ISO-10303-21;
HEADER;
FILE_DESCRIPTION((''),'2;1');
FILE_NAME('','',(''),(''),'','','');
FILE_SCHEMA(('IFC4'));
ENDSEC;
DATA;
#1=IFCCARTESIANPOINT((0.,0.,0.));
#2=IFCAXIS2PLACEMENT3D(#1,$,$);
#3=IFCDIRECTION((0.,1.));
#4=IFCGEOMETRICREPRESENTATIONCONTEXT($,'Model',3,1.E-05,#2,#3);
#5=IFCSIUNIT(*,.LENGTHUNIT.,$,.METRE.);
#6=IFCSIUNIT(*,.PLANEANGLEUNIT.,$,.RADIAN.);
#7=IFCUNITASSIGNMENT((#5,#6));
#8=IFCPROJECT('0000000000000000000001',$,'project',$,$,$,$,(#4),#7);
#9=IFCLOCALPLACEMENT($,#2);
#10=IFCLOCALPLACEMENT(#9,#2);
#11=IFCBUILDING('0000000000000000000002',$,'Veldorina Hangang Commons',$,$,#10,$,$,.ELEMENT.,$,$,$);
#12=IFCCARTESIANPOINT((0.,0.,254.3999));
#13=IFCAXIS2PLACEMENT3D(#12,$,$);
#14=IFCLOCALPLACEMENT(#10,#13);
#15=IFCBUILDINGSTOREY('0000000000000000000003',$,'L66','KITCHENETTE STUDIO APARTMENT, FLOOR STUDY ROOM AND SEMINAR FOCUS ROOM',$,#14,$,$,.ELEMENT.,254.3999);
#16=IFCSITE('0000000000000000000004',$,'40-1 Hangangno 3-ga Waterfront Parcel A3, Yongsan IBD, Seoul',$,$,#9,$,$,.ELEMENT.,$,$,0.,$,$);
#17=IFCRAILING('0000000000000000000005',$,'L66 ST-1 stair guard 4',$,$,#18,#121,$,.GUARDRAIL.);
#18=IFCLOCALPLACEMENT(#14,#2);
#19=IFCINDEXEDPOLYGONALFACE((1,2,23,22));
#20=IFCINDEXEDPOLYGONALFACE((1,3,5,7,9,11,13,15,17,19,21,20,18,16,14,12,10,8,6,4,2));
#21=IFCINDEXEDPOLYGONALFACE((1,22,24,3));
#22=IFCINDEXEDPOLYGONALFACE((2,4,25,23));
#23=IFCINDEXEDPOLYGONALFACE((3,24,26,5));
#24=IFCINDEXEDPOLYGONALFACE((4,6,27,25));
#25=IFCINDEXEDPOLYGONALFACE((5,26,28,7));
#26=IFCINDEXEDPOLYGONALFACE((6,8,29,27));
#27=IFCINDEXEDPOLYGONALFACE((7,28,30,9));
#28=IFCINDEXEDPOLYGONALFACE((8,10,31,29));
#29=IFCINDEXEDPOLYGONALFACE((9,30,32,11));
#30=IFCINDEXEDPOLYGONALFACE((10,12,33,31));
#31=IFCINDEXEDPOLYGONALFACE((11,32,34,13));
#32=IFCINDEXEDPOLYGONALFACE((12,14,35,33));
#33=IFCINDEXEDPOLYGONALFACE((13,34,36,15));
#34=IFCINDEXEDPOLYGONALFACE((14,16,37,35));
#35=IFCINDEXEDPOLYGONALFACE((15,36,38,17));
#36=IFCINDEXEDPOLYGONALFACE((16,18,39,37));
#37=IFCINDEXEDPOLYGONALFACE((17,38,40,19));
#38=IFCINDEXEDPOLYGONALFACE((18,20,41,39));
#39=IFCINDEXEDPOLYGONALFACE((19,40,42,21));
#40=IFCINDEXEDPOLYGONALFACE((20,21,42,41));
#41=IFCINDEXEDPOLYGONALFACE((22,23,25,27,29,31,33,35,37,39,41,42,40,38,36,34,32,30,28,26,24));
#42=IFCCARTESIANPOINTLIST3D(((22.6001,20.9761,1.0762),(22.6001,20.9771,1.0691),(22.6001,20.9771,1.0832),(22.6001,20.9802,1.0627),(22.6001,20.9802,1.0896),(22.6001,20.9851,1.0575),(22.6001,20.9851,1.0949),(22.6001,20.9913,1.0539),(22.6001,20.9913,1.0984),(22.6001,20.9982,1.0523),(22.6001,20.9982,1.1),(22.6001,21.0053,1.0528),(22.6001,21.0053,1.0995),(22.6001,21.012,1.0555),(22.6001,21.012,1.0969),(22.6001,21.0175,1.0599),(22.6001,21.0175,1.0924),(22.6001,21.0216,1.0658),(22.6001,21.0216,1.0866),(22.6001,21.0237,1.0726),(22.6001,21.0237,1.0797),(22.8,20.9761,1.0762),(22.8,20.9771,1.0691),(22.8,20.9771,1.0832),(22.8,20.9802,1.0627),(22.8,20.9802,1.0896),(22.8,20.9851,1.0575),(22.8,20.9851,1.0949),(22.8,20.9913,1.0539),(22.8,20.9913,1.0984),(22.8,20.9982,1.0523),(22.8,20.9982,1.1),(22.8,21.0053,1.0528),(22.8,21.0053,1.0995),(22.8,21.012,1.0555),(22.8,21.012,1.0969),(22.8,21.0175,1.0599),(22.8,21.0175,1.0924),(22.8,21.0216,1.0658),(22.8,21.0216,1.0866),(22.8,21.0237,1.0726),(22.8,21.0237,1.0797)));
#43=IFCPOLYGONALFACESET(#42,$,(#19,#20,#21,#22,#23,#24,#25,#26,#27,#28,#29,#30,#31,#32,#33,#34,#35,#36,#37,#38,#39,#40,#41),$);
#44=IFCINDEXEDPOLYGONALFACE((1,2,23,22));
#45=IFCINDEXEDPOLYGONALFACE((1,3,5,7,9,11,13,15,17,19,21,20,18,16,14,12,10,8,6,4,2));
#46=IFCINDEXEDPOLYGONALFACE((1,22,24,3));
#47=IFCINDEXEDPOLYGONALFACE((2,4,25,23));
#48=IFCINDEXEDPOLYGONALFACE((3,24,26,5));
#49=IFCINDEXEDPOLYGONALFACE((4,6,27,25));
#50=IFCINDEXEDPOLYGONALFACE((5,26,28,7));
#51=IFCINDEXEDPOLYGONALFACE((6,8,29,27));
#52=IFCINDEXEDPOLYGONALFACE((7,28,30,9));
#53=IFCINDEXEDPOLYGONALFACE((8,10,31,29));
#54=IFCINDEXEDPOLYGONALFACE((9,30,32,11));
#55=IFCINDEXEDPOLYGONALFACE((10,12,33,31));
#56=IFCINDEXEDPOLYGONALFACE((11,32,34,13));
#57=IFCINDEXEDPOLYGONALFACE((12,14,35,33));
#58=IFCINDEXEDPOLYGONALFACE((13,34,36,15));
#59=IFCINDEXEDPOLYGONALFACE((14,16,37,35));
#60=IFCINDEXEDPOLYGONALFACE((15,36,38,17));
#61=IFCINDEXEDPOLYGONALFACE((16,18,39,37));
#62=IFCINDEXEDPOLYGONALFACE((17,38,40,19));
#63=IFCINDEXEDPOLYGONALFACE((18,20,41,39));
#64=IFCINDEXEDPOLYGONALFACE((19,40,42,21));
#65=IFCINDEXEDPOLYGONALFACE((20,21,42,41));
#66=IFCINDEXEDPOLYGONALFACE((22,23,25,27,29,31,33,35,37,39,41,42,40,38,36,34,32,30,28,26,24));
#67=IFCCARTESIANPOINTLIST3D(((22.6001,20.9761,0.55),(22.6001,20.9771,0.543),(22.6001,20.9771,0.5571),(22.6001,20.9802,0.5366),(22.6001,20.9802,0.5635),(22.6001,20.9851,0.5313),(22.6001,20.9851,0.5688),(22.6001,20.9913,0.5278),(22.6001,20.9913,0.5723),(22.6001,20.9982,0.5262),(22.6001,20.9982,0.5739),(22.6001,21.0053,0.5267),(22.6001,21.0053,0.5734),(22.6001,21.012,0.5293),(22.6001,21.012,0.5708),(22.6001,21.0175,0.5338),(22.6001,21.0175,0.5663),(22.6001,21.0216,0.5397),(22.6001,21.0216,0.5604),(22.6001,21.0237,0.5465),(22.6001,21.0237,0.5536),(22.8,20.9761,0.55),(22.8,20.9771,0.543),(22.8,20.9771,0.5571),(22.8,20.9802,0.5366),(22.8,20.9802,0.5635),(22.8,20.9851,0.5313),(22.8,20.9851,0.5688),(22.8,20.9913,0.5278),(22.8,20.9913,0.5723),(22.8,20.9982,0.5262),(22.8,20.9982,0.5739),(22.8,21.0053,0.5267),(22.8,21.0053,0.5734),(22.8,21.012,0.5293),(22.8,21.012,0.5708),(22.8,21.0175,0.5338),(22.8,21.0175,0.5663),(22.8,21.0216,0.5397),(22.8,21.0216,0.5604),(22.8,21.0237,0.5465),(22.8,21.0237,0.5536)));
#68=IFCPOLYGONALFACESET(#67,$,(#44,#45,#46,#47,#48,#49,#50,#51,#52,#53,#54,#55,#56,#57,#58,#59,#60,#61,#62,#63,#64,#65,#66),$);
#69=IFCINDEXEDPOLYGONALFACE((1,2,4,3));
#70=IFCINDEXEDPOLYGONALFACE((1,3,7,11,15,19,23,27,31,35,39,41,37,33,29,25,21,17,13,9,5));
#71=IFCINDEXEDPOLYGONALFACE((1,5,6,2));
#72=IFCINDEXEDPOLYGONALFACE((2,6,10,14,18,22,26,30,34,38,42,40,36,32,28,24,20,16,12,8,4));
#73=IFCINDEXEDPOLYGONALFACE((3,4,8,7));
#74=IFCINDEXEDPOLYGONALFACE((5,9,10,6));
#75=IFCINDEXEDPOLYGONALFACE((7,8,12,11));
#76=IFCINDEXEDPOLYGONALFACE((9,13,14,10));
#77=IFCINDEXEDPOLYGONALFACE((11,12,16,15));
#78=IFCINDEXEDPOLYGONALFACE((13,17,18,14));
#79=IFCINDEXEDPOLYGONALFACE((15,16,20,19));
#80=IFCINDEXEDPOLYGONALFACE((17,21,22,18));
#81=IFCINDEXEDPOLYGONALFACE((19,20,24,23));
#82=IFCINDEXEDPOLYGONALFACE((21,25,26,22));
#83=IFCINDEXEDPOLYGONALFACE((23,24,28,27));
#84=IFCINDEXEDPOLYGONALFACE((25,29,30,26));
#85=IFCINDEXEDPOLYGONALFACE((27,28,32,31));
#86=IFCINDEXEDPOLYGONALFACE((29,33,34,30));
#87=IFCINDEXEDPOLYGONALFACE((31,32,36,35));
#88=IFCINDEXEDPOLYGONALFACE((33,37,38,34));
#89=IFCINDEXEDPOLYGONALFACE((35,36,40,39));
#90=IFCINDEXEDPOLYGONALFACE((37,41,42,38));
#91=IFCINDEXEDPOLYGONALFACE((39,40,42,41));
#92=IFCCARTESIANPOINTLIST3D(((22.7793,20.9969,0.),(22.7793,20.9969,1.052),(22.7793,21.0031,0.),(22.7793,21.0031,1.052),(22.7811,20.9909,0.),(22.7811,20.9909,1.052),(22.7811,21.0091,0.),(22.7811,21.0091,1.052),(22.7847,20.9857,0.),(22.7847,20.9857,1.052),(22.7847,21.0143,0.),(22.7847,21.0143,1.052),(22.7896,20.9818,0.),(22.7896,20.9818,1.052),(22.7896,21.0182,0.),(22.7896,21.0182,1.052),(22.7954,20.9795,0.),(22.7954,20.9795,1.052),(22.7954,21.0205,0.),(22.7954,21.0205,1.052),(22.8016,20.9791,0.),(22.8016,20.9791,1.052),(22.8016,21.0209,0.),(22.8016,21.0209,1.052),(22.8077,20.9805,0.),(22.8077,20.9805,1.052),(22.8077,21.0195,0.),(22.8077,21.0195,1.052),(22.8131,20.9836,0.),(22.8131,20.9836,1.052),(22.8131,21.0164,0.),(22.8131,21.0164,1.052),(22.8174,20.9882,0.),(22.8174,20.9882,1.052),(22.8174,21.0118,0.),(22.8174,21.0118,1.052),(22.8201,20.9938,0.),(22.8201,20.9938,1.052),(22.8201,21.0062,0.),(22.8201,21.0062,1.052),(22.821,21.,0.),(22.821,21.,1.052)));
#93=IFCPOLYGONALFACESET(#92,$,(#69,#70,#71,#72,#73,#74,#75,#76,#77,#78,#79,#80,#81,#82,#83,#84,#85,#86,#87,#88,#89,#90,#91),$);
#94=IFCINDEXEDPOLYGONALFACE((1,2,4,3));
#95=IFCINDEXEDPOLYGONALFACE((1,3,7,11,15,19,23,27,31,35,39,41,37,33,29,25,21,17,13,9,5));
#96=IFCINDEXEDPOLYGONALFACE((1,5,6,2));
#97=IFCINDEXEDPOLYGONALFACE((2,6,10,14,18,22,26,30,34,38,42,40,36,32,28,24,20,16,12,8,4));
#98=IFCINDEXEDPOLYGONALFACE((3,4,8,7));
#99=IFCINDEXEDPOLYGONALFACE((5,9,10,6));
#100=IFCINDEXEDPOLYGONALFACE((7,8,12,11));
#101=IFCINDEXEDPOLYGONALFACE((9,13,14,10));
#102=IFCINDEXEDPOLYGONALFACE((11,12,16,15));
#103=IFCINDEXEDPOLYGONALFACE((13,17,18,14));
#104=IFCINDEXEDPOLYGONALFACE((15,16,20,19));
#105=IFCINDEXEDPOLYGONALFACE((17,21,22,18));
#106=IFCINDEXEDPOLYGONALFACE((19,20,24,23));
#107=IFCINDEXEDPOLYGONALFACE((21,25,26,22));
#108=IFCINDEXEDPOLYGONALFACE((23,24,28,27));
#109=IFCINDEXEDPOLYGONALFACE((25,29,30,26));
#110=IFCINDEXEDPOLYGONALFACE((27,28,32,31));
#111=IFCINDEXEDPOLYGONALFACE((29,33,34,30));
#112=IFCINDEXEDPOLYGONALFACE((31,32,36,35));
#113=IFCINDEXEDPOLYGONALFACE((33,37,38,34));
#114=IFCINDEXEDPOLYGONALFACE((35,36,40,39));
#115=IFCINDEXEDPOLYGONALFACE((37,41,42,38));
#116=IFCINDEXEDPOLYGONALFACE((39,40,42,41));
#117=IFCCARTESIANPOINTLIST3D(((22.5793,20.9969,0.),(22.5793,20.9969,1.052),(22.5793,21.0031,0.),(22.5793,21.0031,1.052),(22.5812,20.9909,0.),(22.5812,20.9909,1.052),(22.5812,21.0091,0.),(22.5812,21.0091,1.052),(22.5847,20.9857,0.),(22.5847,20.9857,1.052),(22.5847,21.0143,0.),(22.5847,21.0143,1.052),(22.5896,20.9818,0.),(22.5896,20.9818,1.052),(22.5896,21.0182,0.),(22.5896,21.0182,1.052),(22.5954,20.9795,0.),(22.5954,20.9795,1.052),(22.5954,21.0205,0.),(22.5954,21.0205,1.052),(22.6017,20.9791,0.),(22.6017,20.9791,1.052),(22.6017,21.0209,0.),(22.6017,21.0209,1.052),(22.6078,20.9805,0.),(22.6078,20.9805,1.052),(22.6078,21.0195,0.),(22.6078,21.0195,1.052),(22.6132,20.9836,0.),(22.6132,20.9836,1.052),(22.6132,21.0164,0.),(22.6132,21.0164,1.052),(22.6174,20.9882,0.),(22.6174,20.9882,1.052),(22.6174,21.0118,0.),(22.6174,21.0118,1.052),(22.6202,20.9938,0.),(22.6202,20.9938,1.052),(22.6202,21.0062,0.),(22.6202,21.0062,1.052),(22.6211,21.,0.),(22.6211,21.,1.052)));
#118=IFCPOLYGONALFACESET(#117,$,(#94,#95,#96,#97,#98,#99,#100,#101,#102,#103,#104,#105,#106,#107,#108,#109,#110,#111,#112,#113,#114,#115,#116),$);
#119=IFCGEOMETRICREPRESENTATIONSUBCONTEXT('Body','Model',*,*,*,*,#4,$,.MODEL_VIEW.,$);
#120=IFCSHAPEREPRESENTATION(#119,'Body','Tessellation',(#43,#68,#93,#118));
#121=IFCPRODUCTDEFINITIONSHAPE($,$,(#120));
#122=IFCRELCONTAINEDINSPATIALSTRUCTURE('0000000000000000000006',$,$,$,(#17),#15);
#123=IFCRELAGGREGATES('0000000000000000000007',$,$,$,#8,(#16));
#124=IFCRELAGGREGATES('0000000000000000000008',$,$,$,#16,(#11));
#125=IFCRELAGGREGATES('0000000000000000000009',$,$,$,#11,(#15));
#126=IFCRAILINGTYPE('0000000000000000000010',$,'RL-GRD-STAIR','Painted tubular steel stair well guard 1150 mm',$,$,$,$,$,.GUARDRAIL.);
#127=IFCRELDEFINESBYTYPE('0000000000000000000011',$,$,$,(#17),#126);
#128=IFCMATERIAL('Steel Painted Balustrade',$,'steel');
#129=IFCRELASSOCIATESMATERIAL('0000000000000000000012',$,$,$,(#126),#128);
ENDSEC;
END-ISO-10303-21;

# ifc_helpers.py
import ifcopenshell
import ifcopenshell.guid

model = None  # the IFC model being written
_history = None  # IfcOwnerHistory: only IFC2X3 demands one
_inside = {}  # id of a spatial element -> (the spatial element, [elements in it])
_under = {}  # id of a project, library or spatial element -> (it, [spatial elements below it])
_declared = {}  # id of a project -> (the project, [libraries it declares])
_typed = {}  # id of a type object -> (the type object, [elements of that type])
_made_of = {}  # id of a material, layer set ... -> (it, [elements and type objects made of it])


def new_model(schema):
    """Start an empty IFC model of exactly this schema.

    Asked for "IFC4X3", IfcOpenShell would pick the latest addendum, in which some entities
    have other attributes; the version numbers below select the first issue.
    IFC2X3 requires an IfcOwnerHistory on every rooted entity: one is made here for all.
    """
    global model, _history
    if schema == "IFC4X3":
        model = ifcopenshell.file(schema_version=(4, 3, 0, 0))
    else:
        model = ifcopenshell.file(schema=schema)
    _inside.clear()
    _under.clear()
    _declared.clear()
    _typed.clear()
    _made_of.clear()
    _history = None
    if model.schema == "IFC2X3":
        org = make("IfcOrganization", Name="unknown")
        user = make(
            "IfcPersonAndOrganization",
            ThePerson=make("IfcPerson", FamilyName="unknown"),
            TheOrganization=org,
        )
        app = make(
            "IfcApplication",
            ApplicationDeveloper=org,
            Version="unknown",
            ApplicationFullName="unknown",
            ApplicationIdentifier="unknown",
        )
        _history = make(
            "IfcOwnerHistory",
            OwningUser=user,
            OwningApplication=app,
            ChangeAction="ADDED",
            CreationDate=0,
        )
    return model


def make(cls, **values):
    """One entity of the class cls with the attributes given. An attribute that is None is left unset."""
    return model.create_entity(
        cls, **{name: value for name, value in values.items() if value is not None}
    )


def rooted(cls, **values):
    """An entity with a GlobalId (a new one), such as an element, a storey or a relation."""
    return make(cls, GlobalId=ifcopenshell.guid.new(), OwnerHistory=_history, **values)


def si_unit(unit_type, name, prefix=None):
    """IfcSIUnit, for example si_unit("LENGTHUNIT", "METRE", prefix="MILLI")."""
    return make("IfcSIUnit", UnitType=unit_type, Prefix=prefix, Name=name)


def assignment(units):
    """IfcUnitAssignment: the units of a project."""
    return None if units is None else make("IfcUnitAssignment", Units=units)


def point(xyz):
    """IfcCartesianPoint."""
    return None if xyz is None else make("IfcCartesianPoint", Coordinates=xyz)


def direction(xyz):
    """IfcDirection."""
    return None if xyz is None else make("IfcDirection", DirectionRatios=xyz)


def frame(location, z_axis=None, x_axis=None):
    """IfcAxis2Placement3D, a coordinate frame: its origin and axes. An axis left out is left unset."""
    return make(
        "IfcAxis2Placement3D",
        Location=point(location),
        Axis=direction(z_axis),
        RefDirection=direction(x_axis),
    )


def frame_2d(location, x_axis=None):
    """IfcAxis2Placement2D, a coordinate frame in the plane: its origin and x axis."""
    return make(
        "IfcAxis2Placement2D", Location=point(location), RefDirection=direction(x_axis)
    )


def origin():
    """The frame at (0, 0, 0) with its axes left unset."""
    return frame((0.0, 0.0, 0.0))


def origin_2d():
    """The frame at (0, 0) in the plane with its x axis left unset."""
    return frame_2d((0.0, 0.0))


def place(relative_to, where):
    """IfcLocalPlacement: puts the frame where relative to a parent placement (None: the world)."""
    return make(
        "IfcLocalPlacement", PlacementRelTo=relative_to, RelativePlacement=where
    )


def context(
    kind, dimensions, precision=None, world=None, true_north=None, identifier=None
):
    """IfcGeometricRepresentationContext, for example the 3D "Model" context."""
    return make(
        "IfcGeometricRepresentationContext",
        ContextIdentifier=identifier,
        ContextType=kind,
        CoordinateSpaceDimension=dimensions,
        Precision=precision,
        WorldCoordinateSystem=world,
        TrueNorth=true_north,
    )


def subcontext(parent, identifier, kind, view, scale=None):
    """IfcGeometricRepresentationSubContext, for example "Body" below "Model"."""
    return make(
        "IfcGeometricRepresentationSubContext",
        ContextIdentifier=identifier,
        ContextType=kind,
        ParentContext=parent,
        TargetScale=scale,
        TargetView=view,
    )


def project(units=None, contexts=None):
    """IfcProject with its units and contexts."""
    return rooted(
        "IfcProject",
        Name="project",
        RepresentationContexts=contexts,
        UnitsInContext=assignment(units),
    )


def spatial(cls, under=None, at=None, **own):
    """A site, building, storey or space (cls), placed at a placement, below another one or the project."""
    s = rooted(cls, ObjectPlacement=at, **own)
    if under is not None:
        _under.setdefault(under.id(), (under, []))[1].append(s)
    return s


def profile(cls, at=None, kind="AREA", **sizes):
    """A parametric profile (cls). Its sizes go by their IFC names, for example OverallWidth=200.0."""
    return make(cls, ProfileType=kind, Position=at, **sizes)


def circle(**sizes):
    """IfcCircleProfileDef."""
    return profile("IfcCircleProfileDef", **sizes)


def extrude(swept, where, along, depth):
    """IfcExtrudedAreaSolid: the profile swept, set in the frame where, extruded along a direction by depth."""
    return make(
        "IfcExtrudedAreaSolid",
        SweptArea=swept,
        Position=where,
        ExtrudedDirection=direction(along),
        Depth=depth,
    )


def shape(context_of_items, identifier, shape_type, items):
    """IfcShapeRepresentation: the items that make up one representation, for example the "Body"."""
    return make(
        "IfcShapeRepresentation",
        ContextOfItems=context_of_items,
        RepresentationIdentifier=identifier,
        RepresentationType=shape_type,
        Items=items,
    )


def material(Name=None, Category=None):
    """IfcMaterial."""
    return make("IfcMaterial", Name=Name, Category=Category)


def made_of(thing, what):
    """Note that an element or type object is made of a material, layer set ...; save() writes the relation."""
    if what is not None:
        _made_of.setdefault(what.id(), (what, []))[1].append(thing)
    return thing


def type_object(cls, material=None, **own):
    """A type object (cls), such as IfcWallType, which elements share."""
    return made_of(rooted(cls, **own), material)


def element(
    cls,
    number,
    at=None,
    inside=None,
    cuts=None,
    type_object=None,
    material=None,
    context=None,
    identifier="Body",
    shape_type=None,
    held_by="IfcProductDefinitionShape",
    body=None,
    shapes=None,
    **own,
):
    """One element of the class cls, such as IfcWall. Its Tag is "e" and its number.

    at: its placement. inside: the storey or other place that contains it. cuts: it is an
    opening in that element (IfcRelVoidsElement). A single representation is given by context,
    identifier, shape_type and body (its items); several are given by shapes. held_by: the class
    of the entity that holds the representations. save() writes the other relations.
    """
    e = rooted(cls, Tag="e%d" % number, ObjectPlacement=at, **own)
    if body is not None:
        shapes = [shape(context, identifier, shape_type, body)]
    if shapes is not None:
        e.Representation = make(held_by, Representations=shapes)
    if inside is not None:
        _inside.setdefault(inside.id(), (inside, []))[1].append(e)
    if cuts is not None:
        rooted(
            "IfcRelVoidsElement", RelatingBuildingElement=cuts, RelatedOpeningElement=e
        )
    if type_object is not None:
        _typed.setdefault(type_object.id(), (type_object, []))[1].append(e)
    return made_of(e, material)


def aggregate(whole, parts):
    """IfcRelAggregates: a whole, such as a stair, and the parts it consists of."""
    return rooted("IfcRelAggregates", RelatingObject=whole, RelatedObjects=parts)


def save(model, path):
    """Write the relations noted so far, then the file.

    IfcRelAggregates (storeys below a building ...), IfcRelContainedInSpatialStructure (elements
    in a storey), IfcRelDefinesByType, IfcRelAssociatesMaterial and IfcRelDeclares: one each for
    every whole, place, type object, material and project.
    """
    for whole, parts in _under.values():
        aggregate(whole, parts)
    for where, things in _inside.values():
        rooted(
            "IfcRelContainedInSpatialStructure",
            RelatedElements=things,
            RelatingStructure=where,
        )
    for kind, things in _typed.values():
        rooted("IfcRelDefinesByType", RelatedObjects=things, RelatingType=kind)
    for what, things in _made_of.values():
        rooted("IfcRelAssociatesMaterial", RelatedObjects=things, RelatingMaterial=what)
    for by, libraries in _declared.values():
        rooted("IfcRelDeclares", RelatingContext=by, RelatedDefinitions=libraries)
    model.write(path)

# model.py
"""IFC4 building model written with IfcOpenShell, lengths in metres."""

from ifc_helpers import new_model, si_unit, direction, frame, origin, origin_2d, place, context, subcontext, project, spatial, circle, extrude, material, type_object, element, save


model = new_model("IFC4")

# Units and contexts
model_context = context("Model", 3, precision=1e-05, world=origin(), true_north=direction((0.0, 1.0)))
body_context = subcontext(model_context, "Body", "Model", "MODEL_VIEW")
ifc_project = project(units=[si_unit("LENGTHUNIT", "METRE"), si_unit("PLANEANGLEUNIT", "RADIAN")], contexts=[model_context])

# Site, building, storey
site_placement = place(None, origin())
site = spatial("IfcSite", under=ifc_project, at=site_placement, Name="40-1 Hangangno 3-ga Waterfront Parcel A3, Yongsan IBD, Seoul", CompositionType="ELEMENT", RefElevation=0.0)
building_placement = place(site_placement, origin())
building = spatial("IfcBuilding", under=site, at=building_placement, Name="Veldorina Hangang Commons", CompositionType="ELEMENT")
storey_placement = place(building_placement, frame((0.0, 0.0, 254.3999)))
storey = spatial("IfcBuildingStorey", under=building, at=storey_placement, Name="L66", Description="KITCHENETTE STUDIO APARTMENT, FLOOR STUDY ROOM AND SEMINAR FOCUS ROOM", CompositionType="ELEMENT", Elevation=254.3999)

# Railing
ifc_material_1 = material(Name="Steel Painted Balustrade", Category="steel")
railing_type_1 = type_object("IfcRailingType", Name="RL-GRD-STAIR", Description="Painted tubular steel stair well guard 1150 mm", PredefinedType="GUARDRAIL", material=ifc_material_1)
railing_1_placement = place(storey_placement, frame((22.8, 21.0, 0.0)))
element("IfcRailing", 1, at=railing_1_placement, inside=storey, type_object=railing_type_1, Name="L66 ST-1 stair guard 4", PredefinedType="GUARDRAIL", context=body_context, shape_type="SweptSolid", body=[
    extrude(circle(Radius=0.0239, at=origin_2d()), frame((0.0, 0.0, 1.0762), z_axis=(-1.0, 0.0, 0.0), x_axis=(0.0, -1.0, 0.0)), (0.0, 0.0, 1.0), 0.2),
    extrude(circle(Radius=0.0239, at=origin_2d()), frame((0.0, 0.0, 0.55), z_axis=(-1.0, 0.0, 0.0), x_axis=(0.0, -1.0, 0.0)), (0.0, 0.0, 1.0), 0.2),
    extrude(circle(Radius=0.021, at=origin_2d()), origin(), (0.0, 0.0, 1.0), 1.052),
    extrude(circle(Radius=0.021, at=origin_2d()), frame((-0.2, 0.0, 0.0)), (0.0, 0.0, 1.0), 1.052),
])

save(model, "model.ifc")
